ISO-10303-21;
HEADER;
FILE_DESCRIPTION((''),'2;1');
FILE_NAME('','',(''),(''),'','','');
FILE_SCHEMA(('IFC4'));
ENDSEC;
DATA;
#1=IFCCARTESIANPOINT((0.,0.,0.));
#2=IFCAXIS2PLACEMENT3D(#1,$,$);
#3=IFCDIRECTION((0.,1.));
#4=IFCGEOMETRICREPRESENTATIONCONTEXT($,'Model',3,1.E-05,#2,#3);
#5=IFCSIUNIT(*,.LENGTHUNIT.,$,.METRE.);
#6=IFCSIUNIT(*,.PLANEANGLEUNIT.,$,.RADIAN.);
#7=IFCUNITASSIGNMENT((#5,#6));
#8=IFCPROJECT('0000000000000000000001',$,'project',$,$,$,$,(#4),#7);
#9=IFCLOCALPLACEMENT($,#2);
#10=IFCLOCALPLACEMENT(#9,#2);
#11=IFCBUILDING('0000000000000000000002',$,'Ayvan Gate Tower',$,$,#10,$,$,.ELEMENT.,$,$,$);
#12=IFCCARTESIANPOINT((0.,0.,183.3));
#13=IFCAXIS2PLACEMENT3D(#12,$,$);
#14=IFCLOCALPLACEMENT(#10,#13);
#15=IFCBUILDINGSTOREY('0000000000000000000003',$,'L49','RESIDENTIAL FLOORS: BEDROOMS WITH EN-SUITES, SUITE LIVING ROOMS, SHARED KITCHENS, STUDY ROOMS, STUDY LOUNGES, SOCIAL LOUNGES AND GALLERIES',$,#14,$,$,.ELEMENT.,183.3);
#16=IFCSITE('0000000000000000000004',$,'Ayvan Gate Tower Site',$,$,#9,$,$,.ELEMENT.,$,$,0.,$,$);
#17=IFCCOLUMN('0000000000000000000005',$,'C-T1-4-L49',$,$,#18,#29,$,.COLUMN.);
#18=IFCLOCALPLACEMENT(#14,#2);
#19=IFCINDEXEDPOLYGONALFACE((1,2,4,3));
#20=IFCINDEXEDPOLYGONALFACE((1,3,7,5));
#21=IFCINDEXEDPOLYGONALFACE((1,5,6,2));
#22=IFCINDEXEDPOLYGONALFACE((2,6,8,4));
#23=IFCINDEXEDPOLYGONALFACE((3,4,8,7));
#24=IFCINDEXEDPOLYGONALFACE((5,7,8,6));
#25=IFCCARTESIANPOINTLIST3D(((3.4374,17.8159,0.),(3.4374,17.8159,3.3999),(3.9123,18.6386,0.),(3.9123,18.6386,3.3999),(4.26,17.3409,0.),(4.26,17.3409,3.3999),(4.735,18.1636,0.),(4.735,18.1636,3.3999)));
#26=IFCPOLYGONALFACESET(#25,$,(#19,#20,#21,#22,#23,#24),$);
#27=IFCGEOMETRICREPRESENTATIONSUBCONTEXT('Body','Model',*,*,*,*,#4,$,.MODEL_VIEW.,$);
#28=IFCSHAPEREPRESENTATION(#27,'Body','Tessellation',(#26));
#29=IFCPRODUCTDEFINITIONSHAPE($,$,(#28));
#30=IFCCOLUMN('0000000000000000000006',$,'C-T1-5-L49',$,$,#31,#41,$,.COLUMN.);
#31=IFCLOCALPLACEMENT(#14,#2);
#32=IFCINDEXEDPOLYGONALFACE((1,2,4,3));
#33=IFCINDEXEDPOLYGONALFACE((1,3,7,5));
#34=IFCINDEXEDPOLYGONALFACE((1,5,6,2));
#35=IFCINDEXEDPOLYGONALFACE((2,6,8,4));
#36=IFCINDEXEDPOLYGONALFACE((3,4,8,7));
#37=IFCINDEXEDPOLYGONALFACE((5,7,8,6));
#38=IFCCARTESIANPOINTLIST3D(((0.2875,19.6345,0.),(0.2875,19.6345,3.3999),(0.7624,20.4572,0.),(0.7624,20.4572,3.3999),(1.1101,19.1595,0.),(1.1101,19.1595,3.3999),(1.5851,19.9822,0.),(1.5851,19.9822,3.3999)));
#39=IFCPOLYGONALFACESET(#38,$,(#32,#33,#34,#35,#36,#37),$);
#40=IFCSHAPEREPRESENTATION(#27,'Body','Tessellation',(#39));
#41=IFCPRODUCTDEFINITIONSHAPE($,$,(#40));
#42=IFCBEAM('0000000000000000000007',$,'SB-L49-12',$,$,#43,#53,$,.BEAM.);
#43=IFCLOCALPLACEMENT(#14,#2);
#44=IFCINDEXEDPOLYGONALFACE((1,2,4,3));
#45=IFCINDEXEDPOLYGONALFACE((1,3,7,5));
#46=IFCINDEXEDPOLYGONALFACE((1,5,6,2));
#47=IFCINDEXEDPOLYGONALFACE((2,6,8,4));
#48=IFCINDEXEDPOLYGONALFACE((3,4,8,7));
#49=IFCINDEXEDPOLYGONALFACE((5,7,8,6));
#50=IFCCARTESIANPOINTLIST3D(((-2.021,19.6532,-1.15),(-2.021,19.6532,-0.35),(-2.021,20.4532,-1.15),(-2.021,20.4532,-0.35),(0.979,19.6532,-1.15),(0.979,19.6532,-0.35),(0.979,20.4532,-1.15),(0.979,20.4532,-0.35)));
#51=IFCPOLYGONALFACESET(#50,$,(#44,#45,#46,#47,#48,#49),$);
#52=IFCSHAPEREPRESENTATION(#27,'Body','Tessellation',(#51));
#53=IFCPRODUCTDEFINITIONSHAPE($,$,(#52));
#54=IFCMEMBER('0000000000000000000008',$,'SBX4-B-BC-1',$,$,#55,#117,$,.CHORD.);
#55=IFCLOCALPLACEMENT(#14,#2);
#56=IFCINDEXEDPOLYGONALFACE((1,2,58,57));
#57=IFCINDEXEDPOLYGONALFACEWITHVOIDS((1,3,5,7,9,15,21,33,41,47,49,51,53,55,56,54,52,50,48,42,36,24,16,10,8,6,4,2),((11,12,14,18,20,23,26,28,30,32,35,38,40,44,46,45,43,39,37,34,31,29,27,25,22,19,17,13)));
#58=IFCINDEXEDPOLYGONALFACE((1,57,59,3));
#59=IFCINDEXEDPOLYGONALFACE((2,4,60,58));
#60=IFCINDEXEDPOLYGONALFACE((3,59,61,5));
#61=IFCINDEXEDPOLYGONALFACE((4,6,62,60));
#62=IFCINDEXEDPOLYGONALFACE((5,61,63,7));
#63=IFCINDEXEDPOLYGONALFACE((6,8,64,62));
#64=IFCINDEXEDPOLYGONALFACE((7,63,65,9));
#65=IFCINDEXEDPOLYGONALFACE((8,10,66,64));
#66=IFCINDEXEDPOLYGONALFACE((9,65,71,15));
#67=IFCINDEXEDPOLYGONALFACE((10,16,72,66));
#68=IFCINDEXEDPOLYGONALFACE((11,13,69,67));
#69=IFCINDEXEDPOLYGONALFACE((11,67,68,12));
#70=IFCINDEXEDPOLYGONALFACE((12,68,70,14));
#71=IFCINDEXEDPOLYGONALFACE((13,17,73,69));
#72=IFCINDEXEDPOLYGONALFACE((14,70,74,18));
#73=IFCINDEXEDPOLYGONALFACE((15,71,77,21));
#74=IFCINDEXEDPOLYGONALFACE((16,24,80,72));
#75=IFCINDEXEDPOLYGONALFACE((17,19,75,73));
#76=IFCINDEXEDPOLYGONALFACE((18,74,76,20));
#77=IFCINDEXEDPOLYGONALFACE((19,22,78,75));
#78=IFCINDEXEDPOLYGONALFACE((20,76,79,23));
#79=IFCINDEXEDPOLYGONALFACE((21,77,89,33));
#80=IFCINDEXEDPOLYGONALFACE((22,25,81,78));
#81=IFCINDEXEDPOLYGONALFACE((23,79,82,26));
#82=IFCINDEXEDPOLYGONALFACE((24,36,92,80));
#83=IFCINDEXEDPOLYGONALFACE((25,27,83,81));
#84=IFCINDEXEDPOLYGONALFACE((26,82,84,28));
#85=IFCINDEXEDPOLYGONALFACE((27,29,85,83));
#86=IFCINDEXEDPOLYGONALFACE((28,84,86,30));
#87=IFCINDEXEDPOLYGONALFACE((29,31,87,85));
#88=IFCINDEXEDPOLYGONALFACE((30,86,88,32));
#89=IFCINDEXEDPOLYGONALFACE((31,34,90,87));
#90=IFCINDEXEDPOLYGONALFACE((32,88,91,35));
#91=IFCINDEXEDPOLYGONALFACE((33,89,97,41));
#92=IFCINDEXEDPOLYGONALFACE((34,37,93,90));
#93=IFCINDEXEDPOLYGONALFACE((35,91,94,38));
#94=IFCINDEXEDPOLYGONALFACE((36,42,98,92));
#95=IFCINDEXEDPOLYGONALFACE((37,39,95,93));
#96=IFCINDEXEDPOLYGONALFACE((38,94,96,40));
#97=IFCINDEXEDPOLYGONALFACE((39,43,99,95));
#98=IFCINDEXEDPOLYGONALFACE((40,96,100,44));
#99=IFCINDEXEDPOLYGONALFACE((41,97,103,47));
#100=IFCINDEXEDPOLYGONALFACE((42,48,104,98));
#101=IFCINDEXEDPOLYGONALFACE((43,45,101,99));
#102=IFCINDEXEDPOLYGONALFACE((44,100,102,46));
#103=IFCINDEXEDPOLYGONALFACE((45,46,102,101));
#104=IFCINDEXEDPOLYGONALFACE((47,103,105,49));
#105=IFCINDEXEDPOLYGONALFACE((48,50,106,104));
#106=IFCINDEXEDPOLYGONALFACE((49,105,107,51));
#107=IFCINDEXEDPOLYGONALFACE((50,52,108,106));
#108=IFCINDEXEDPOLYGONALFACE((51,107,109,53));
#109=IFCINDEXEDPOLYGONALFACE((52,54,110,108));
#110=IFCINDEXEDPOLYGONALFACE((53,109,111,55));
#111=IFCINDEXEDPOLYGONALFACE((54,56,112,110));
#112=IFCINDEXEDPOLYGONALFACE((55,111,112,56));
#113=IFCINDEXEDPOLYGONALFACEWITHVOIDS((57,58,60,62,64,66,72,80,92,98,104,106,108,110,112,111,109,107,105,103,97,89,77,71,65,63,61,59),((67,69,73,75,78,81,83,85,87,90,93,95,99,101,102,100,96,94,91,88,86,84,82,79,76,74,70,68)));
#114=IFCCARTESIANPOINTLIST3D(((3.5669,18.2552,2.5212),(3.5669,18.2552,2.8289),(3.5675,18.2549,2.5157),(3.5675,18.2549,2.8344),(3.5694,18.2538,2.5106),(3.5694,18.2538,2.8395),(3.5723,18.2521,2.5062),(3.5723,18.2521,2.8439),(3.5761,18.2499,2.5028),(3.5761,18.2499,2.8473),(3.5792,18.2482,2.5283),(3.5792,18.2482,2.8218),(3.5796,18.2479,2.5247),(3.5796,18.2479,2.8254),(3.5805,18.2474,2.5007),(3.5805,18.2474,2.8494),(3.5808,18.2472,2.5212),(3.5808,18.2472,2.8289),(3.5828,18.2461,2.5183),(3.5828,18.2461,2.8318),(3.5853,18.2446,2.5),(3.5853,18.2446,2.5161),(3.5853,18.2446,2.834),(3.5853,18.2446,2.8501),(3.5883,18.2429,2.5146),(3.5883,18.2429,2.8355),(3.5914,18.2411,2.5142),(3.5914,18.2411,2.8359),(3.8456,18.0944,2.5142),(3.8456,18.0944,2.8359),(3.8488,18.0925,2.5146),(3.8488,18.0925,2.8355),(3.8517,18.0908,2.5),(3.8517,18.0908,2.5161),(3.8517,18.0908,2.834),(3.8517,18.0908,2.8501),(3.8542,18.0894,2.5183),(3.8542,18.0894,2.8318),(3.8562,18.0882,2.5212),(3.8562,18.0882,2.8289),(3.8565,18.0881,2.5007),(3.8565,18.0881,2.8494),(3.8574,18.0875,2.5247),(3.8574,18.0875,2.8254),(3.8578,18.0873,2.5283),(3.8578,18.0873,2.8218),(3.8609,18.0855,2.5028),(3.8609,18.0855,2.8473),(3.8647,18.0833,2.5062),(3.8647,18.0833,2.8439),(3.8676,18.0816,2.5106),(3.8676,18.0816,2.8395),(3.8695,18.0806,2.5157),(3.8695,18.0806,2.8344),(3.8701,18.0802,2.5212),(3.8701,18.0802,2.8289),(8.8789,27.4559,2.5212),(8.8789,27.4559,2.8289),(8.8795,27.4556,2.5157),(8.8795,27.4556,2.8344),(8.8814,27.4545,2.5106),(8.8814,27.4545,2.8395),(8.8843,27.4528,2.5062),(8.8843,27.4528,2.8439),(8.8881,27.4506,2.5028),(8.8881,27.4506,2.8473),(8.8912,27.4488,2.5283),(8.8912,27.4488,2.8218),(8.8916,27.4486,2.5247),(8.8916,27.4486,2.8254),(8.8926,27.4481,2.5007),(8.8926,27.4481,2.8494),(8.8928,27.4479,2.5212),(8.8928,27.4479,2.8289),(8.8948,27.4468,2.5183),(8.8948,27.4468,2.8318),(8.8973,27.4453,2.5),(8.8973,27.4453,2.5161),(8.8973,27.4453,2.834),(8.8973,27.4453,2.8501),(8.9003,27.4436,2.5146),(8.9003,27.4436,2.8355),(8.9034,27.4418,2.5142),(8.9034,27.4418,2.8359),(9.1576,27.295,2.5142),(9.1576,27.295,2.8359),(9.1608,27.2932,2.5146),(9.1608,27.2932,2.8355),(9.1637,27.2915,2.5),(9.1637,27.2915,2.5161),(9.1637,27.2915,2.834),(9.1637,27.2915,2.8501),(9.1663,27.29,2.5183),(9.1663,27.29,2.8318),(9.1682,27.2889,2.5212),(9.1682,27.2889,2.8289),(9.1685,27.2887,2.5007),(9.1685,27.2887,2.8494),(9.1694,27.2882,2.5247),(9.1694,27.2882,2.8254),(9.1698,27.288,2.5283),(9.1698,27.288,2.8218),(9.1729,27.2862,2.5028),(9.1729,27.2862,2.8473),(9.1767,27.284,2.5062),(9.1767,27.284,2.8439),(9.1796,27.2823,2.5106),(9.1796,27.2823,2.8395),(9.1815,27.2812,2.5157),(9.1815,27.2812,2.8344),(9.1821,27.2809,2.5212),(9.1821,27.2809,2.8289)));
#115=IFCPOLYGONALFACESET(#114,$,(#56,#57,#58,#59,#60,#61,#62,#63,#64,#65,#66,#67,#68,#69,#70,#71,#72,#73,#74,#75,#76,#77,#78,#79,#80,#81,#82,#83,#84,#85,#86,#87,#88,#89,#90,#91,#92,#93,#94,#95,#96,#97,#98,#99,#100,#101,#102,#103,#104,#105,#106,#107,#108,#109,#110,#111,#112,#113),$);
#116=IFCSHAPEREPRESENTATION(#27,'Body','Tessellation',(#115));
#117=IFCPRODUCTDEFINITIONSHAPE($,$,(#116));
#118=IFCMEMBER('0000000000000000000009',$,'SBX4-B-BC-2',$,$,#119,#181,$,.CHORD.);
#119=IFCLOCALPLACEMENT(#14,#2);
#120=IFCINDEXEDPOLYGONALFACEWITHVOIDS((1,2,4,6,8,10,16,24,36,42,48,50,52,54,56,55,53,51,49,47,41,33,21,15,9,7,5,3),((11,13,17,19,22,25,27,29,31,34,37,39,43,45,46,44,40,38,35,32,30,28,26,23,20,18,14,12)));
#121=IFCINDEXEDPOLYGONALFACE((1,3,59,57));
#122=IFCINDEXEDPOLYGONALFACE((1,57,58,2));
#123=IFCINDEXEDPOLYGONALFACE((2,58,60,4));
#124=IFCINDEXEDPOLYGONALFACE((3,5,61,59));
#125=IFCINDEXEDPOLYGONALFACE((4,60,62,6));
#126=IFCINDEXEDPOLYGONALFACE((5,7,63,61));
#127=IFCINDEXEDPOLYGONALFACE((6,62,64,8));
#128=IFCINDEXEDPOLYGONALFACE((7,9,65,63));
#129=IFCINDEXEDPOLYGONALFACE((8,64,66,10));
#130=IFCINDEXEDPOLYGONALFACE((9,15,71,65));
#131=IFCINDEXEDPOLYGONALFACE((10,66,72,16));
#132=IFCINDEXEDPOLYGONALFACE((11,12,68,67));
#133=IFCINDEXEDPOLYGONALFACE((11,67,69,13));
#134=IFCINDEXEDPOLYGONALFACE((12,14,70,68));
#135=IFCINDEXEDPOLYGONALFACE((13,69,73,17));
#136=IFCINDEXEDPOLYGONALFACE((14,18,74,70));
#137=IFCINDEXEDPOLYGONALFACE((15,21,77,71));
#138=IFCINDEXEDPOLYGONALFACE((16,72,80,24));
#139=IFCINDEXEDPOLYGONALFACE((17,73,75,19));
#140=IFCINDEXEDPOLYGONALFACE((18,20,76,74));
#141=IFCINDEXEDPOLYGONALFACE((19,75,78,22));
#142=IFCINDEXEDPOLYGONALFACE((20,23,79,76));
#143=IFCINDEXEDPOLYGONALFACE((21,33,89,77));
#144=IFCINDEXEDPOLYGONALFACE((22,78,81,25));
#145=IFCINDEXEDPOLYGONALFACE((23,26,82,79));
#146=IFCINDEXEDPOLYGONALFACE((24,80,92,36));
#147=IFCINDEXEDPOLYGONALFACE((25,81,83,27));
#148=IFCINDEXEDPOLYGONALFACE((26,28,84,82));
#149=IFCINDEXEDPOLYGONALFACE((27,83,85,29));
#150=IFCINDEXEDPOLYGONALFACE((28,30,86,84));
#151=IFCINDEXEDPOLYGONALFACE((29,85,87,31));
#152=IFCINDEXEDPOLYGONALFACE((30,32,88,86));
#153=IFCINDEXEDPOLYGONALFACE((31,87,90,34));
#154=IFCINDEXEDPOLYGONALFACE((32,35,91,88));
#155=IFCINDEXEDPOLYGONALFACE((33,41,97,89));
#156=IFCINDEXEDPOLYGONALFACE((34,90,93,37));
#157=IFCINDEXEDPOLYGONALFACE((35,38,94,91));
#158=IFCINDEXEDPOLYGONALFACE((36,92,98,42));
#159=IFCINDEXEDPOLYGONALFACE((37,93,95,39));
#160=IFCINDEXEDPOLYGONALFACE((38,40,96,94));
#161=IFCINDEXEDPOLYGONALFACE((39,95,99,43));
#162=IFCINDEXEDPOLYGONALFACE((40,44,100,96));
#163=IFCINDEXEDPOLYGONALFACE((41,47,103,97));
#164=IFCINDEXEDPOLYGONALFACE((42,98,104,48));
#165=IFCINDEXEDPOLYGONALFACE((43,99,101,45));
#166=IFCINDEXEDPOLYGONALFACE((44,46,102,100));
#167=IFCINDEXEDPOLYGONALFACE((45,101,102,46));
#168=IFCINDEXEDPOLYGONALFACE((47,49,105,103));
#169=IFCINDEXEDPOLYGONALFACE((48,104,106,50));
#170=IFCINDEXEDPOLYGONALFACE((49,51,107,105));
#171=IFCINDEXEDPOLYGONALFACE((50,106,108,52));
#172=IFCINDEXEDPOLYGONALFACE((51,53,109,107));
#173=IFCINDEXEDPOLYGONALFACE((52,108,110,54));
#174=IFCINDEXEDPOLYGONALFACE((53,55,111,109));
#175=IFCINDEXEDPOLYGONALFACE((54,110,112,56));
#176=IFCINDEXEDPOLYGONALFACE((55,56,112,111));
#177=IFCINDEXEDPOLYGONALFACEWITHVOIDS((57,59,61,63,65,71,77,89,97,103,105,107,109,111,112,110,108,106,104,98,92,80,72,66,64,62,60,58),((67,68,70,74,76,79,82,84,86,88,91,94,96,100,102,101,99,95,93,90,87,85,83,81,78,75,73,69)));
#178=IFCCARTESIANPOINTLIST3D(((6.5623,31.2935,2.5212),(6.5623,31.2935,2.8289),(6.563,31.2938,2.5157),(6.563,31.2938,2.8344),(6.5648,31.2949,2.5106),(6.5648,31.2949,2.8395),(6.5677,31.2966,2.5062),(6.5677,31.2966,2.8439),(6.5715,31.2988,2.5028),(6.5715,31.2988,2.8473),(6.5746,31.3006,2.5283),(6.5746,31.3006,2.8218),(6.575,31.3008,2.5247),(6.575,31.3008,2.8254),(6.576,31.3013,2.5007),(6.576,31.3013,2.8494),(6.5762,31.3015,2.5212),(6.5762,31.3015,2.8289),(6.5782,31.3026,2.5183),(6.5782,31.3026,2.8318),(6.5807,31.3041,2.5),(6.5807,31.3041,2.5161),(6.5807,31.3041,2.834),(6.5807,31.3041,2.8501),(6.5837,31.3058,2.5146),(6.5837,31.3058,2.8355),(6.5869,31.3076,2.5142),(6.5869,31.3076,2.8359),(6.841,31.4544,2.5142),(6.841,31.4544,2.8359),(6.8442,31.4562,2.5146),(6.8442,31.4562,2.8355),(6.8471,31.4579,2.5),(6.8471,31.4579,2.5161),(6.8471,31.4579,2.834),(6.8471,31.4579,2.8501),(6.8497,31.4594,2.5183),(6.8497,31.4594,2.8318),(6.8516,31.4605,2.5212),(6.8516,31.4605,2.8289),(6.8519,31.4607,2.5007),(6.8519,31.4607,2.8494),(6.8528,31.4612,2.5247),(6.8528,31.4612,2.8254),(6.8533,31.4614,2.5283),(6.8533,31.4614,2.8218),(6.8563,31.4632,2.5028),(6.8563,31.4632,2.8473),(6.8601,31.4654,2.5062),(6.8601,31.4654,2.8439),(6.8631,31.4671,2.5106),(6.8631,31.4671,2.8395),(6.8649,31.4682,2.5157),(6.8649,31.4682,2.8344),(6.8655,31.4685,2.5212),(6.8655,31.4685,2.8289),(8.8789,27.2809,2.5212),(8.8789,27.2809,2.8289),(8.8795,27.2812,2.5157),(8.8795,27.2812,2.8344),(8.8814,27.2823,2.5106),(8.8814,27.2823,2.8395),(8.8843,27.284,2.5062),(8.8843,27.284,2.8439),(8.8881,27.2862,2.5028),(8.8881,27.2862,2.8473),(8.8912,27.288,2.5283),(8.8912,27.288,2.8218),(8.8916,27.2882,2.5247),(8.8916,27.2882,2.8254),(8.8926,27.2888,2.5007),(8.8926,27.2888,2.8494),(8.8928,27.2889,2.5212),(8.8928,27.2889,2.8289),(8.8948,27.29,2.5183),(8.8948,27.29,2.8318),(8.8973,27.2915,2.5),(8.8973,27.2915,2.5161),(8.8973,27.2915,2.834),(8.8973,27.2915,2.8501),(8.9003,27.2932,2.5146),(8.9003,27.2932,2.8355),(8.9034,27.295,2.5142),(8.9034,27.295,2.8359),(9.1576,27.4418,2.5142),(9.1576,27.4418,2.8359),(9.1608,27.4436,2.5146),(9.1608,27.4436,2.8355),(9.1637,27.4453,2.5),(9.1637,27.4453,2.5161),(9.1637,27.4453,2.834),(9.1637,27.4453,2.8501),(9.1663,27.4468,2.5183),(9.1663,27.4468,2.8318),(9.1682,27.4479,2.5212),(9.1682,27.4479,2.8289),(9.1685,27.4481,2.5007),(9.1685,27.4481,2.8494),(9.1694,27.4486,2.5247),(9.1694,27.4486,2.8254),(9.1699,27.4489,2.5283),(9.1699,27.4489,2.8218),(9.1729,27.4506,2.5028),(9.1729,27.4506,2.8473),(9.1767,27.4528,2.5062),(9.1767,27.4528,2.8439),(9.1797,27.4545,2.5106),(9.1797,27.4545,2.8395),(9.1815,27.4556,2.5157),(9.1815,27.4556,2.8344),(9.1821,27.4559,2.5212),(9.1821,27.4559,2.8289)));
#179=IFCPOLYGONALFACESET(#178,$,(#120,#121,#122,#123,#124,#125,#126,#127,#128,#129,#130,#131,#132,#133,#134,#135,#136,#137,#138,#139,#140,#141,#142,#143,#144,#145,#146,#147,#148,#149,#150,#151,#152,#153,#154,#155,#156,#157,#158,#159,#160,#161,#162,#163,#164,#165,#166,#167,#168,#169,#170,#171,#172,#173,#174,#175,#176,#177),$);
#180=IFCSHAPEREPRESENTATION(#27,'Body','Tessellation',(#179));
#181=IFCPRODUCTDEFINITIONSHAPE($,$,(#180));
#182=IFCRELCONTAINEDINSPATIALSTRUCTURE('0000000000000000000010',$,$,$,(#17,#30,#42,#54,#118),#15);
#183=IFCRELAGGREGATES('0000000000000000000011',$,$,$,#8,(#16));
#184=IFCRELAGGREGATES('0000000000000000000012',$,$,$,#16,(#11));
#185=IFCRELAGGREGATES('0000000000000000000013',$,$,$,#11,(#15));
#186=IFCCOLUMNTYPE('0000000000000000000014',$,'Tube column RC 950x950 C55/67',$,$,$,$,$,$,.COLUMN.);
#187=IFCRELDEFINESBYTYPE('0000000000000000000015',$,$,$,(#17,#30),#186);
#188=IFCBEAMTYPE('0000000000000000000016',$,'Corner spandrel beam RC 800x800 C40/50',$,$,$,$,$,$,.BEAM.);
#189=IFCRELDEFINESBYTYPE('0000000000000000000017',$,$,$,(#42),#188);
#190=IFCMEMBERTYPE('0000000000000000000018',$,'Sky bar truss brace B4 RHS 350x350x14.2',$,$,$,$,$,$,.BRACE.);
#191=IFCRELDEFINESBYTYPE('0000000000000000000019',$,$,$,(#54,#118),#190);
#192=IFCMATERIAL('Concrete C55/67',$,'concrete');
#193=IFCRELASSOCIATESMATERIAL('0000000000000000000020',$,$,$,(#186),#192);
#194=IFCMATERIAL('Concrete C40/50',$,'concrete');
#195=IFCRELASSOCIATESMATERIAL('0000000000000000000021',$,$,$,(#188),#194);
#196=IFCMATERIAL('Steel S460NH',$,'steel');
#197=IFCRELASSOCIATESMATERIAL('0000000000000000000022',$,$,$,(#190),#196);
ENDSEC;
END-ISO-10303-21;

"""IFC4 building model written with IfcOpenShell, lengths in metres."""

from ifc_helpers import new_model, si_unit, direction, frame, origin, origin_2d, place, context, subcontext, project, spatial, rectangle, hollow_rectangle, extrude, material, material_profile, profile_set, type_object, element, save


model = new_model("IFC4")

# Units and contexts
model_context = context("Model", 3, precision=1e-05, world=origin(), true_north=direction((0.0, 1.0)))
body_context = subcontext(model_context, "Body", "Model", "MODEL_VIEW")
ifc_project = project(units=[si_unit("LENGTHUNIT", "METRE"), si_unit("PLANEANGLEUNIT", "RADIAN")], contexts=[model_context])

# Site, building, storey
site_placement = place(None, origin())
site = spatial("IfcSite", under=ifc_project, at=site_placement, Name="Ayvan Gate Tower Site", CompositionType="ELEMENT", RefElevation=0.0)
building_placement = place(site_placement, origin())
building = spatial("IfcBuilding", under=site, at=building_placement, Name="Ayvan Gate Tower", CompositionType="ELEMENT")
storey_placement = place(building_placement, frame((0.0, 0.0, 183.3)))
storey = spatial("IfcBuildingStorey", under=building, at=storey_placement, Name="L49", Description="RESIDENTIAL FLOORS: BEDROOMS WITH EN-SUITES, SUITE LIVING ROOMS, SHARED KITCHENS, STUDY ROOMS, STUDY LOUNGES, SOCIAL LOUNGES AND GALLERIES", CompositionType="ELEMENT", Elevation=183.3)

# Columns
ifc_material_1 = material(Name="Concrete C55/67", Category="concrete")
ifc_material_profile_1 = material_profile(ifc_material_1, rectangle(XDim=0.95, YDim=0.95, at=origin_2d()), Name="RC 950x950")
ifc_profile_set_1 = profile_set([ifc_material_profile_1], Name="Concrete C55/67")
column_type = type_object("IfcColumnType", Name="Tube column RC 950x950 C55/67", PredefinedType="COLUMN", material=ifc_profile_set_1)
for number, where, z_axis, x_axis, name in (
    (1, (4.0862, 17.9897, 0.0), (0.0, 0.0, 1.0), (0.5, 0.866025, 0.0), "C-T1-4-L49"),
    (2, (0.9363, 19.8083, 0.0), (0.0, 0.0, 1.0), (0.5, 0.866025, 0.0), "C-T1-5-L49"),
):
    element("IfcColumn", number, at=place(storey_placement, frame(where, z_axis=z_axis, x_axis=x_axis)), inside=storey, type_object=column_type, Name=name, PredefinedType="COLUMN", context=body_context, shape_type="SweptSolid", body=[
        extrude(rectangle(XDim=0.95, YDim=0.95, at=origin_2d()), origin(), (0.0, 0.0, 1.0), 3.3999),
    ])

# Beam
ifc_material_2 = material(Name="Concrete C40/50", Category="concrete")
ifc_material_profile_2 = material_profile(ifc_material_2, rectangle(XDim=0.8, YDim=0.8, at=origin_2d()), Name="RC 800x800")
ifc_profile_set_2 = profile_set([ifc_material_profile_2], Name="Concrete C40/50")
beam_type_1 = type_object("IfcBeamType", Name="Corner spandrel beam RC 800x800 C40/50", PredefinedType="BEAM", material=ifc_profile_set_2)
beam_1_placement = place(storey_placement, frame((0.979, 20.0532, -0.75), z_axis=(-1.0, 0.0, 0.0), x_axis=(0.0, -1.0, 0.0)))
element("IfcBeam", 3, at=beam_1_placement, inside=storey, type_object=beam_type_1, Name="SB-L49-12", PredefinedType="BEAM", context=body_context, shape_type="SweptSolid", body=[
    extrude(rectangle(XDim=0.8, YDim=0.8, at=origin_2d()), origin(), (0.0, 0.0, 1.0), 3.0),
])

# Members
ifc_material_3 = material(Name="Steel S460NH", Category="steel")
ifc_material_profile_3 = material_profile(ifc_material_3, hollow_rectangle(XDim=0.3501, YDim=0.3501, WallThickness=0.0142, InnerFilletRadius=0.0142, OuterFilletRadius=0.0212, at=origin_2d()), Name="RHS 350x350x14.2")
ifc_profile_set_3 = profile_set([ifc_material_profile_3], Name="Steel S460NH")
member_type_1 = type_object("IfcMemberType", Name="Sky bar truss brace B4 RHS 350x350x14.2", PredefinedType="BRACE", material=ifc_profile_set_3)
member_1_placement = place(storey_placement, frame((3.7185, 18.1677, 2.675), z_axis=(0.5, 0.866026, 0.0), x_axis=(-0.866026, 0.5, 0.0)))
element("IfcMember", 4, at=member_1_placement, inside=storey, type_object=member_type_1, Name="SBX4-B-BC-1", PredefinedType="CHORD", context=body_context, shape_type="SweptSolid", body=[
    extrude(hollow_rectangle(XDim=0.3501, YDim=0.3501, WallThickness=0.0142, InnerFilletRadius=0.0142, OuterFilletRadius=0.0212, at=origin_2d()), origin(), (0.0, 0.0, 1.0), 10.624),
])
for number, where, z_axis, x_axis, name in (
    (5, (9.0305, 27.3684, 2.675), (-0.499987, 0.866033, 0.0), (-0.866033, -0.499987, 0.0), "SBX4-B-BC-2"),
):
    element("IfcMember", number, at=place(storey_placement, frame(where, z_axis=z_axis, x_axis=x_axis)), inside=storey, type_object=member_type_1, Name=name, PredefinedType="CHORD", context=body_context, shape_type="SweptSolid", body=[
        extrude(hollow_rectangle(XDim=0.3501, YDim=0.3501, WallThickness=0.0142, InnerFilletRadius=0.0142, OuterFilletRadius=0.0212, at=origin_2d()), origin(), (0.0, 0.0, 1.0), 4.6333),
    ])

save(model, "model.ifc")
